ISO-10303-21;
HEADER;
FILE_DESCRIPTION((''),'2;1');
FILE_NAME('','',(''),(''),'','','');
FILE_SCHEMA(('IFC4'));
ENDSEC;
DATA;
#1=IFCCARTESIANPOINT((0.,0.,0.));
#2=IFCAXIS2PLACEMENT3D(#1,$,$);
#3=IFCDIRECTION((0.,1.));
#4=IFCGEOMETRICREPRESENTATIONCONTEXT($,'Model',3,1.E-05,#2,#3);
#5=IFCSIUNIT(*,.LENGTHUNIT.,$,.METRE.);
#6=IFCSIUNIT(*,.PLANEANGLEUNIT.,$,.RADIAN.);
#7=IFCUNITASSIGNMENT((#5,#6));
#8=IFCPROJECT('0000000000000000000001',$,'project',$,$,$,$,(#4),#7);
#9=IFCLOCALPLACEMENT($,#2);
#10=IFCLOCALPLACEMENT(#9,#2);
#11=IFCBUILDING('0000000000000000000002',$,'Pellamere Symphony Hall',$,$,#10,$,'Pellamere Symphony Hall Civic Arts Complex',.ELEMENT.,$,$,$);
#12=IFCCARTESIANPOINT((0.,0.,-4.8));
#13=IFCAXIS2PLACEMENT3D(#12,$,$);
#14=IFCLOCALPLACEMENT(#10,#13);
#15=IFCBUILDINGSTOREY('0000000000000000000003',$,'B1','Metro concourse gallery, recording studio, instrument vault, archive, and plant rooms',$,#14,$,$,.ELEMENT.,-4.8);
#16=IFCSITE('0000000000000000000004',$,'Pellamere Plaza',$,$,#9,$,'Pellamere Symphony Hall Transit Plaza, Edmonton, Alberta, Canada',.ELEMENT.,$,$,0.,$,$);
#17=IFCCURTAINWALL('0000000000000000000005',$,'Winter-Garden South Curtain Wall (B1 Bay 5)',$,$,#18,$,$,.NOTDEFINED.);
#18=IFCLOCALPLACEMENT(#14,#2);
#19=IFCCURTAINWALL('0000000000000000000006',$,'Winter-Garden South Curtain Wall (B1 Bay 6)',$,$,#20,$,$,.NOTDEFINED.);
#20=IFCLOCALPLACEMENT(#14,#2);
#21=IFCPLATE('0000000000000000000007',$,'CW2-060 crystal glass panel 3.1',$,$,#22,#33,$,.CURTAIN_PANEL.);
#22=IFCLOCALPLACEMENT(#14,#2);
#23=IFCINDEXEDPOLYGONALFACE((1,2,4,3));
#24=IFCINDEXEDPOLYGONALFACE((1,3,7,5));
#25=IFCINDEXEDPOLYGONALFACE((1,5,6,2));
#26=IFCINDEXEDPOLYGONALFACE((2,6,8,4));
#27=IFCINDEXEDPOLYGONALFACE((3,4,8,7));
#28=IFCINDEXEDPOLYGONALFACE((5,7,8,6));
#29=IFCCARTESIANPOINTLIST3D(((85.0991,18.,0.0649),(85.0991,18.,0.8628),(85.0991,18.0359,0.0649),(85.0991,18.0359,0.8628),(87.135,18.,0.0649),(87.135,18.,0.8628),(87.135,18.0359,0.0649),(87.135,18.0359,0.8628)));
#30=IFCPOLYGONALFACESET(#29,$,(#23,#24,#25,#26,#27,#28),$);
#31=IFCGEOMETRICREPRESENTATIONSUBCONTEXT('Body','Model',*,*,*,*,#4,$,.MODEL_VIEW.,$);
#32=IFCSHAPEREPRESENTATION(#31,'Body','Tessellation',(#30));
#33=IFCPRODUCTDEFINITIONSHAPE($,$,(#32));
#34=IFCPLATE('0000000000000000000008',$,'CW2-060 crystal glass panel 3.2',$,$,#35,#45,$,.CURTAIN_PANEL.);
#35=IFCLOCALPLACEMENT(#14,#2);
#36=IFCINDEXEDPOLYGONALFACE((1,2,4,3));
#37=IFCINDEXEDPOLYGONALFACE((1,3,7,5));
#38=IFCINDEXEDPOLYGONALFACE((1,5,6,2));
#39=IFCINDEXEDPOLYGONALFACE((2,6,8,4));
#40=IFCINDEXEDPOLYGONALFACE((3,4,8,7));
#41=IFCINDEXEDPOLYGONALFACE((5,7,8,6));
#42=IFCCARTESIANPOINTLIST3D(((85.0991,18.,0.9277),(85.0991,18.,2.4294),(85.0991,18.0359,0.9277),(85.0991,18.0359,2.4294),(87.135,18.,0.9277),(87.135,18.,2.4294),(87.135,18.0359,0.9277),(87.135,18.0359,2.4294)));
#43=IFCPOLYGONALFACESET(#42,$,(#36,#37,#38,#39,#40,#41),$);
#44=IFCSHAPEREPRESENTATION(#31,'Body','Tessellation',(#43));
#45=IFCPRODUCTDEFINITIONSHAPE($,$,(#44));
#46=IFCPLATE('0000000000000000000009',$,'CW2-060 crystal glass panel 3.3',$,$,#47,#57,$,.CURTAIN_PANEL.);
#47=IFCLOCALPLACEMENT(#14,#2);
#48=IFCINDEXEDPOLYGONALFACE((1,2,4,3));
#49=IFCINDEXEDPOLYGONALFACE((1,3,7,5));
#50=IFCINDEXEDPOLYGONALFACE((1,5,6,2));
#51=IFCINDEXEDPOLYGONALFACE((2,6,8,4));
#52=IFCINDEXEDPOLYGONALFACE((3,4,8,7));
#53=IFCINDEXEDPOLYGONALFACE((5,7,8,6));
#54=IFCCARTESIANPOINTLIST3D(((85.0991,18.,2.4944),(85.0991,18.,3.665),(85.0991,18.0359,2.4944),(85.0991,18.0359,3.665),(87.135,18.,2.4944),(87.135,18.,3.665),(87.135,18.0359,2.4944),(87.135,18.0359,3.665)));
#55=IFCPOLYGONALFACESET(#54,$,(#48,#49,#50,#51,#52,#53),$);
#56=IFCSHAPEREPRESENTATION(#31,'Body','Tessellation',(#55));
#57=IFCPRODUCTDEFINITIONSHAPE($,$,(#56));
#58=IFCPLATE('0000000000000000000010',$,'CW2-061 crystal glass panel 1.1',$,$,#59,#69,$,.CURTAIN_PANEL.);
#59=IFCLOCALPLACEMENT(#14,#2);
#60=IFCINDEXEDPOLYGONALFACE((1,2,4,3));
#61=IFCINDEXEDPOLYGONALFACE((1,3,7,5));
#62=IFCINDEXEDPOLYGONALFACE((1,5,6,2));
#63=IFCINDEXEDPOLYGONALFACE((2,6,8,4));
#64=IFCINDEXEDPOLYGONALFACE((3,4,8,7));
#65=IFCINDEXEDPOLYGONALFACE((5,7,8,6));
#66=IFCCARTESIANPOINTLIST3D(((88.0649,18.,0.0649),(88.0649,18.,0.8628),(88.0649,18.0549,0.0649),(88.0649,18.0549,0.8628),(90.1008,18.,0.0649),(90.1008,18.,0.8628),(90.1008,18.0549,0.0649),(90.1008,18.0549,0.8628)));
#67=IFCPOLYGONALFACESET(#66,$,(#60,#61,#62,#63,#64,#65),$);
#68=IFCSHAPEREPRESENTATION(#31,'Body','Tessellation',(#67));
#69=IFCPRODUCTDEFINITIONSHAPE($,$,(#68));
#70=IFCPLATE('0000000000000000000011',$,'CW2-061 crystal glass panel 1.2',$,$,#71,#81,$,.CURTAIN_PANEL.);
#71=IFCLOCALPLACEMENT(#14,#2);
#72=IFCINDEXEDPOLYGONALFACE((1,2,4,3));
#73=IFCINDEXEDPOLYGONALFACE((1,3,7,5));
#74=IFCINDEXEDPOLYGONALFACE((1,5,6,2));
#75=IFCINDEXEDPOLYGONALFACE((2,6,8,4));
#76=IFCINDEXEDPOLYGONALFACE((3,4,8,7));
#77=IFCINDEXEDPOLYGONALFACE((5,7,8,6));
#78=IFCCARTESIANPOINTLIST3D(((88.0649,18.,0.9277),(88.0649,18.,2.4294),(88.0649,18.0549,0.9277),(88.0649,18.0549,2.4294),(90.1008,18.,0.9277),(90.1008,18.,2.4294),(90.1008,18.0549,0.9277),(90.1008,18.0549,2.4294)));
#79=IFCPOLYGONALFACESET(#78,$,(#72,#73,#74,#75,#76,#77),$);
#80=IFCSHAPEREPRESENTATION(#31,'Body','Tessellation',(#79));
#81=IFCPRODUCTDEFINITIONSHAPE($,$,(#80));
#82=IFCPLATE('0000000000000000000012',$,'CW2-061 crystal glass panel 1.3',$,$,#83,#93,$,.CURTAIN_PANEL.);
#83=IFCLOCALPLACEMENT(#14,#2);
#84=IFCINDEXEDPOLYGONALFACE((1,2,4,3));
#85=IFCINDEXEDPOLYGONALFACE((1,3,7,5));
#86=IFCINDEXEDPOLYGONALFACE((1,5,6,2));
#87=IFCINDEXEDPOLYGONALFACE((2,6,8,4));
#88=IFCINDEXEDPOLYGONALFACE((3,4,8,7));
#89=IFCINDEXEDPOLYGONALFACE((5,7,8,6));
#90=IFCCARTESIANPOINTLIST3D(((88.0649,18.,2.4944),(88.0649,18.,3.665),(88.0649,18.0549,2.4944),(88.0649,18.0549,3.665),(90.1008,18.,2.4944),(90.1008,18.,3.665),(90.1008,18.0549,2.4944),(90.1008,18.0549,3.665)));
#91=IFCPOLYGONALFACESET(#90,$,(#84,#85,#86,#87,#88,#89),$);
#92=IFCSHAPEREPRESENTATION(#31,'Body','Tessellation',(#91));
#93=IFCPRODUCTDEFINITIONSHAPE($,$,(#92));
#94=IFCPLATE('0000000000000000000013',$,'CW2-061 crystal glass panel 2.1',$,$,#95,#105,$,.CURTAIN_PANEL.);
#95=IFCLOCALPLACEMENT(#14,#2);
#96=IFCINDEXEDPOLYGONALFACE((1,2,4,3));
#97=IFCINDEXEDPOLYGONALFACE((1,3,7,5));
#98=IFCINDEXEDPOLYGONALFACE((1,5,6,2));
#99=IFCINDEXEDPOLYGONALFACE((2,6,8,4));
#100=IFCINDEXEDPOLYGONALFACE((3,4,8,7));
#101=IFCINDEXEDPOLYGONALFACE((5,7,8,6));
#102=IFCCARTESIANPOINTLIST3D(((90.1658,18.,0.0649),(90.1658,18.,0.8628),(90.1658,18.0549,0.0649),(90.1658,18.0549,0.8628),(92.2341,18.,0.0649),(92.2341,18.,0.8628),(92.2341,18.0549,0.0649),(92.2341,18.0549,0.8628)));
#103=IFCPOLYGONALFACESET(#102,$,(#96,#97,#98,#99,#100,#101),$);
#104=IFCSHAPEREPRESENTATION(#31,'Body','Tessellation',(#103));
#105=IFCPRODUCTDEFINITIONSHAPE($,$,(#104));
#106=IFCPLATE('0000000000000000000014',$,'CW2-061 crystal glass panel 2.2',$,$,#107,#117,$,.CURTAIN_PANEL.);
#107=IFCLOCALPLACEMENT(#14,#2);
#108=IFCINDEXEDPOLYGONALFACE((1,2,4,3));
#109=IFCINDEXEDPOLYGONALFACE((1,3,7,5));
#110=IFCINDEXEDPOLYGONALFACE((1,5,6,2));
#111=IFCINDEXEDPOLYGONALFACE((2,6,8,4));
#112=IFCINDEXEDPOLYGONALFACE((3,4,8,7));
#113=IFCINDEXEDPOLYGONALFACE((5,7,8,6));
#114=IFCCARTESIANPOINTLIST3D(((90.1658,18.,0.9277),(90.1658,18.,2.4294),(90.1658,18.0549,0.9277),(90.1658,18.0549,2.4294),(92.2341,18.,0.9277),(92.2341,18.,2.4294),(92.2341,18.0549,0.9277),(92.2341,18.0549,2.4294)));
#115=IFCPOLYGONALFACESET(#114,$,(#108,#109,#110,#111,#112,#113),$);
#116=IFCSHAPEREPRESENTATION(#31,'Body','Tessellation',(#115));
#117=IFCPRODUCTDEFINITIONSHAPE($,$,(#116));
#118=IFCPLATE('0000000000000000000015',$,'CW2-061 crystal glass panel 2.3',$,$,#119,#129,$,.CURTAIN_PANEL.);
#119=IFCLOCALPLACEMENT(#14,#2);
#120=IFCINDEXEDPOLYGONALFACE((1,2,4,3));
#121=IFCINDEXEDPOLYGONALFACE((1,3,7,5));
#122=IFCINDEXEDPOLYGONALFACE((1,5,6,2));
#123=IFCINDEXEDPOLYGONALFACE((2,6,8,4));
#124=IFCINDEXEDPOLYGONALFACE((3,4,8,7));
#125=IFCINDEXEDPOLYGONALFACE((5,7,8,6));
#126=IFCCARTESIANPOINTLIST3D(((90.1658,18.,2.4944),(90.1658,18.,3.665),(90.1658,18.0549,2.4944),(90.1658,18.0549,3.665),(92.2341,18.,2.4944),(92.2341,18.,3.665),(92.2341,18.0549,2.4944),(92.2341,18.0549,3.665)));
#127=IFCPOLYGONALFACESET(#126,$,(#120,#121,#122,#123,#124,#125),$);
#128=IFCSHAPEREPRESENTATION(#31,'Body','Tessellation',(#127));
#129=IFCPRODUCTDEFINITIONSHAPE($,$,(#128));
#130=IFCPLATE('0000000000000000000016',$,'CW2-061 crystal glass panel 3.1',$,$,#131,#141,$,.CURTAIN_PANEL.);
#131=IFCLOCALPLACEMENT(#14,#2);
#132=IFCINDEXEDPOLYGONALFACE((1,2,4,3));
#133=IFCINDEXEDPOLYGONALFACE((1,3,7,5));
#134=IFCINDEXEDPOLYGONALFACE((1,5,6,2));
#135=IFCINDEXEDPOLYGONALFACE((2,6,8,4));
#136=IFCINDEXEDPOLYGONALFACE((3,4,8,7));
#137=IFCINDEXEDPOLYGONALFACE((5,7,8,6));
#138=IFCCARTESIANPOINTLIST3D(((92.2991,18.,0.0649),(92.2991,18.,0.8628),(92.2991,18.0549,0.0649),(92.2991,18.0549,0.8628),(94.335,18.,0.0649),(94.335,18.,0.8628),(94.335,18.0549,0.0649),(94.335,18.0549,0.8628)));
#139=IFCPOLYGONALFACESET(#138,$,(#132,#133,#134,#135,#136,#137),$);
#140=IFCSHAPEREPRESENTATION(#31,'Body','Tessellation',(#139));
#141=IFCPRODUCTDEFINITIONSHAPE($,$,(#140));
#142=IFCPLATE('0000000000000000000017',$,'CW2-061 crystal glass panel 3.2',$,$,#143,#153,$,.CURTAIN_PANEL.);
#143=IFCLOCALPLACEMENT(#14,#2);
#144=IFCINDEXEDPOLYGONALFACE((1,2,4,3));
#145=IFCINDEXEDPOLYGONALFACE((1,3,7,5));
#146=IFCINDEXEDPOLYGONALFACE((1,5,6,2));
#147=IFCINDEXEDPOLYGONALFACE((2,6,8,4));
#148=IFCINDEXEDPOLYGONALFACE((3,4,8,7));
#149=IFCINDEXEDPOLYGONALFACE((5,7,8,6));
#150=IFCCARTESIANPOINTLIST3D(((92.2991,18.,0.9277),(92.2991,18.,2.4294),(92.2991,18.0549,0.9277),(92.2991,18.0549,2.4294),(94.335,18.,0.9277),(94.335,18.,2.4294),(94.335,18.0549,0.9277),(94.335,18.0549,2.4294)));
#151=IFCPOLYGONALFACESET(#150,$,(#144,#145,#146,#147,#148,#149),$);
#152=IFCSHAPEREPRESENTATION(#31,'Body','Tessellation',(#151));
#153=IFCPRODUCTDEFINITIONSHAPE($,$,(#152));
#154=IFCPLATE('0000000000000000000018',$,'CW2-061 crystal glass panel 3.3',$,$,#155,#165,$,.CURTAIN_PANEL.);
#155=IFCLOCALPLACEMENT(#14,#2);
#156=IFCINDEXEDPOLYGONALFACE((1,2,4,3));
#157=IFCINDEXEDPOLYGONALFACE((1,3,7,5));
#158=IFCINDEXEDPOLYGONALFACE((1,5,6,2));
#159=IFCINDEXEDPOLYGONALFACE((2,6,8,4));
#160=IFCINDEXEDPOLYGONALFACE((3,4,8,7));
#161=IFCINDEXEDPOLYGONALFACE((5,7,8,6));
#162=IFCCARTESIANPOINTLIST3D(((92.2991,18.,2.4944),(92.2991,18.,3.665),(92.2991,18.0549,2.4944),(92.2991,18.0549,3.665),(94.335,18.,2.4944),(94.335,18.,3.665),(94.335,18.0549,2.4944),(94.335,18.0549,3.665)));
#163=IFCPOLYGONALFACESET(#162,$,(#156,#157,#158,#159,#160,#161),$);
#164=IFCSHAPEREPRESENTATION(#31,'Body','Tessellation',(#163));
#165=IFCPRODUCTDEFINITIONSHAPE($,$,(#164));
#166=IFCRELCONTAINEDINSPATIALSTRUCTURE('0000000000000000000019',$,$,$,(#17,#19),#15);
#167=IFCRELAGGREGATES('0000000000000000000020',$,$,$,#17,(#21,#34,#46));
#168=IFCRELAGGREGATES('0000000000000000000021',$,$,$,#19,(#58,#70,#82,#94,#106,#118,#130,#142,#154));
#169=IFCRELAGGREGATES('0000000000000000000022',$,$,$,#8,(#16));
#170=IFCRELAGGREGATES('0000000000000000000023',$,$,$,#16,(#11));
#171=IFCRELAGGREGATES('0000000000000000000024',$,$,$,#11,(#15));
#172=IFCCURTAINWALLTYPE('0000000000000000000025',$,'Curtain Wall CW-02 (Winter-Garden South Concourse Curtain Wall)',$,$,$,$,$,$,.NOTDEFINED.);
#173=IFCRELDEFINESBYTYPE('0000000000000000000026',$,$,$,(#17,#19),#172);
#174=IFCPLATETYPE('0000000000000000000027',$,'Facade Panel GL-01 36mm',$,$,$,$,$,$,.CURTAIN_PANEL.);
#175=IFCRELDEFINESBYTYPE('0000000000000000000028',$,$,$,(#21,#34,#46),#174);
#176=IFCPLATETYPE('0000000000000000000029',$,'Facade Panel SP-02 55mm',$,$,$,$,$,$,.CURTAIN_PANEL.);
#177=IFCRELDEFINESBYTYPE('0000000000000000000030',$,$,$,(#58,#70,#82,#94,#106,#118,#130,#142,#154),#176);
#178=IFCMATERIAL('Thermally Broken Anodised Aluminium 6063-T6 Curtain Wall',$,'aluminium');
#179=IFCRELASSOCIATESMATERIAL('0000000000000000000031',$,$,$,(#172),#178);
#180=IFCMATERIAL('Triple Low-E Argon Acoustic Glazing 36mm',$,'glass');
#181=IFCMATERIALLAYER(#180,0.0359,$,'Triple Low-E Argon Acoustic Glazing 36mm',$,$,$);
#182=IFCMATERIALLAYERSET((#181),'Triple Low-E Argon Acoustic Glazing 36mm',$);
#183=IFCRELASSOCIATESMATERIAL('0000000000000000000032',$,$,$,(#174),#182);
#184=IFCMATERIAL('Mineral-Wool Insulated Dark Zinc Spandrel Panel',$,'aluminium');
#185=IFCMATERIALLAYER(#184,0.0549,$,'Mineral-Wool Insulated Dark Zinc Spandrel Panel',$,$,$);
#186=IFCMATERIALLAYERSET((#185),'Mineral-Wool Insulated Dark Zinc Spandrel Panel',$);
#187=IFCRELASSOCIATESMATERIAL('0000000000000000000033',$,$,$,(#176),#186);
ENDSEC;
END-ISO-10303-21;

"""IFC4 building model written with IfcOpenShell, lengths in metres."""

from ifc_helpers import new_model, si_unit, direction, frame, origin, place, context, subcontext, project, spatial, polyline, outline, extrude, material, layer, layer_set, type_object, element, aggregate, save


model = new_model("IFC4")

# Units and contexts
model_context = context("Model", 3, precision=1e-05, world=origin(), true_north=direction((0.0, 1.0)))
body_context = subcontext(model_context, "Body", "Model", "MODEL_VIEW")
ifc_project = project(units=[si_unit("LENGTHUNIT", "METRE"), si_unit("PLANEANGLEUNIT", "RADIAN")], contexts=[model_context])

# Site, building, storey
site_placement = place(None, origin())
site = spatial("IfcSite", under=ifc_project, at=site_placement, Name="Pellamere Plaza", LongName="Pellamere Symphony Hall Transit Plaza, Edmonton, Alberta, Canada", CompositionType="ELEMENT", RefElevation=0.0)
building_placement = place(site_placement, origin())
building = spatial("IfcBuilding", under=site, at=building_placement, Name="Pellamere Symphony Hall", LongName="Pellamere Symphony Hall Civic Arts Complex", CompositionType="ELEMENT")
storey_placement = place(building_placement, frame((0.0, 0.0, -4.8)))
storey = spatial("IfcBuildingStorey", under=building, at=storey_placement, Name="B1", Description="Metro concourse gallery, recording studio, instrument vault, archive, and plant rooms", CompositionType="ELEMENT", Elevation=-4.8)

# Curtain wall
ifc_material_1 = material(Name="Thermally Broken Anodised Aluminium 6063-T6 Curtain Wall", Category="aluminium")
curtain_wall_type = type_object("IfcCurtainWallType", Name="Curtain Wall CW-02 (Winter-Garden South Concourse Curtain Wall)", PredefinedType="NOTDEFINED", material=ifc_material_1)
curtain_wall_1_placement = place(storey_placement, origin())
curtain_wall_1 = element("IfcCurtainWall", 1, at=curtain_wall_1_placement, inside=storey, type_object=curtain_wall_type, Name="Winter-Garden South Curtain Wall (B1 Bay 5)", PredefinedType="NOTDEFINED")

# Curtain wall
curtain_wall_2_placement = place(storey_placement, origin())
curtain_wall_2 = element("IfcCurtainWall", 2, at=curtain_wall_2_placement, inside=storey, type_object=curtain_wall_type, Name="Winter-Garden South Curtain Wall (B1 Bay 6)", PredefinedType="NOTDEFINED")

# Plates
ifc_material_2 = material(Name="Triple Low-E Argon Acoustic Glazing 36mm", Category="glass")
ifc_layer_1 = layer(ifc_material_2, 0.0359, Name="Triple Low-E Argon Acoustic Glazing 36mm")
ifc_layer_set_1 = layer_set([ifc_layer_1], Name="Triple Low-E Argon Acoustic Glazing 36mm")
plate_type_1 = type_object("IfcPlateType", Name="Facade Panel GL-01 36mm", PredefinedType="CURTAIN_PANEL", material=ifc_layer_set_1)
plate_1_placement = place(storey_placement, frame((85.0991, 18.0, 0.0649), z_axis=(0.0, -1.0, 0.0), x_axis=(1.0, 0.0, 0.0)))
plate_1 = element("IfcPlate", 3, at=plate_1_placement, type_object=plate_type_1, Name="CW2-060 crystal glass panel 3.1", PredefinedType="CURTAIN_PANEL", context=body_context, shape_type="SweptSolid", body=[
    extrude(outline(polyline([(0.0, 0.0), (2.0359, 0.0), (2.0359, 0.7979), (0.0, 0.7979), (0.0, 0.0)])), origin(), (0.0, 0.0, -1.0), 0.0359),
])
plate_2_placement = place(storey_placement, frame((85.0991, 18.0, 0.9277), z_axis=(0.0, -1.0, 0.0), x_axis=(1.0, 0.0, 0.0)))
plate_2 = element("IfcPlate", 4, at=plate_2_placement, type_object=plate_type_1, Name="CW2-060 crystal glass panel 3.2", PredefinedType="CURTAIN_PANEL", context=body_context, shape_type="SweptSolid", body=[
    extrude(outline(polyline([(0.0, 0.0), (2.0359, 0.0), (2.0359, 1.5017), (0.0, 1.5017), (0.0, 0.0)])), origin(), (0.0, 0.0, -1.0), 0.0359),
])
plate_3_placement = place(storey_placement, frame((85.0991, 18.0, 2.4944), z_axis=(0.0, -1.0, 0.0), x_axis=(1.0, 0.0, 0.0)))
plate_3 = element("IfcPlate", 5, at=plate_3_placement, type_object=plate_type_1, Name="CW2-060 crystal glass panel 3.3", PredefinedType="CURTAIN_PANEL", context=body_context, shape_type="SweptSolid", body=[
    extrude(outline(polyline([(0.0, 0.0), (2.0359, 0.0), (2.0359, 1.1707), (0.0, 1.1707), (0.0, 0.0)])), origin(), (0.0, 0.0, -1.0), 0.0359),
])
aggregate(curtain_wall_1, [plate_1, plate_2, plate_3])
ifc_material_3 = material(Name="Mineral-Wool Insulated Dark Zinc Spandrel Panel", Category="aluminium")
ifc_layer_2 = layer(ifc_material_3, 0.0549, Name="Mineral-Wool Insulated Dark Zinc Spandrel Panel")
ifc_layer_set_2 = layer_set([ifc_layer_2], Name="Mineral-Wool Insulated Dark Zinc Spandrel Panel")
plate_type_2 = type_object("IfcPlateType", Name="Facade Panel SP-02 55mm", PredefinedType="CURTAIN_PANEL", material=ifc_layer_set_2)
plate_4_placement = place(storey_placement, frame((88.0649, 18.0, 0.0649), z_axis=(0.0, -1.0, 0.0), x_axis=(1.0, 0.0, 0.0)))
plate_4 = element("IfcPlate", 6, at=plate_4_placement, type_object=plate_type_2, Name="CW2-061 crystal glass panel 1.1", PredefinedType="CURTAIN_PANEL", context=body_context, shape_type="SweptSolid", body=[
    extrude(outline(polyline([(0.0, 0.0), (2.0359, 0.0), (2.0359, 0.7979), (0.0, 0.7979), (0.0, 0.0)])), origin(), (0.0, 0.0, -1.0), 0.0549),
])
plate_5_placement = place(storey_placement, frame((88.0649, 18.0, 0.9277), z_axis=(0.0, -1.0, 0.0), x_axis=(1.0, 0.0, 0.0)))
plate_5 = element("IfcPlate", 7, at=plate_5_placement, type_object=plate_type_2, Name="CW2-061 crystal glass panel 1.2", PredefinedType="CURTAIN_PANEL", context=body_context, shape_type="SweptSolid", body=[
    extrude(outline(polyline([(0.0, 0.0), (2.0359, 0.0), (2.0359, 1.5017), (0.0, 1.5017), (0.0, 0.0)])), origin(), (0.0, 0.0, -1.0), 0.0549),
])
plate_6_placement = place(storey_placement, frame((88.0649, 18.0, 2.4944), z_axis=(0.0, -1.0, 0.0), x_axis=(1.0, 0.0, 0.0)))
plate_6 = element("IfcPlate", 8, at=plate_6_placement, type_object=plate_type_2, Name="CW2-061 crystal glass panel 1.3", PredefinedType="CURTAIN_PANEL", context=body_context, shape_type="SweptSolid", body=[
    extrude(outline(polyline([(0.0, 0.0), (2.0359, 0.0), (2.0359, 1.1707), (0.0, 1.1707), (0.0, 0.0)])), origin(), (0.0, 0.0, -1.0), 0.0549),
])
plate_7_placement = place(storey_placement, frame((90.1658, 18.0, 0.0649), z_axis=(0.0, -1.0, 0.0), x_axis=(1.0, 0.0, 0.0)))
plate_7 = element("IfcPlate", 9, at=plate_7_placement, type_object=plate_type_2, Name="CW2-061 crystal glass panel 2.1", PredefinedType="CURTAIN_PANEL", context=body_context, shape_type="SweptSolid", body=[
    extrude(outline(polyline([(0.0, 0.0), (2.0684, 0.0), (2.0684, 0.7979), (0.0, 0.7979), (0.0, 0.0)])), origin(), (0.0, 0.0, -1.0), 0.0549),
])
plate_8_placement = place(storey_placement, frame((90.1658, 18.0, 0.9277), z_axis=(0.0, -1.0, 0.0), x_axis=(1.0, 0.0, 0.0)))
plate_8 = element("IfcPlate", 10, at=plate_8_placement, type_object=plate_type_2, Name="CW2-061 crystal glass panel 2.2", PredefinedType="CURTAIN_PANEL", context=body_context, shape_type="SweptSolid", body=[
    extrude(outline(polyline([(0.0, 0.0), (2.0684, 0.0), (2.0684, 1.5017), (0.0, 1.5017), (0.0, 0.0)])), origin(), (0.0, 0.0, -1.0), 0.0549),
])
plate_9_placement = place(storey_placement, frame((90.1658, 18.0, 2.4944), z_axis=(0.0, -1.0, 0.0), x_axis=(1.0, 0.0, 0.0)))
plate_9 = element("IfcPlate", 11, at=plate_9_placement, type_object=plate_type_2, Name="CW2-061 crystal glass panel 2.3", PredefinedType="CURTAIN_PANEL", context=body_context, shape_type="SweptSolid", body=[
    extrude(outline(polyline([(0.0, 0.0), (2.0684, 0.0), (2.0684, 1.1707), (0.0, 1.1707), (0.0, 0.0)])), origin(), (0.0, 0.0, -1.0), 0.0549),
])
plate_10_placement = place(storey_placement, frame((92.2991, 18.0, 0.0649), z_axis=(0.0, -1.0, 0.0), x_axis=(1.0, 0.0, 0.0)))
plate_10 = element("IfcPlate", 12, at=plate_10_placement, type_object=plate_type_2, Name="CW2-061 crystal glass panel 3.1", PredefinedType="CURTAIN_PANEL", context=body_context, shape_type="SweptSolid", body=[
    extrude(outline(polyline([(0.0, 0.0), (2.0359, 0.0), (2.0359, 0.7979), (0.0, 0.7979), (0.0, 0.0)])), origin(), (0.0, 0.0, -1.0), 0.0549),
])
plate_11_placement = place(storey_placement, frame((92.2991, 18.0, 0.9277), z_axis=(0.0, -1.0, 0.0), x_axis=(1.0, 0.0, 0.0)))
plate_11 = element("IfcPlate", 13, at=plate_11_placement, type_object=plate_type_2, Name="CW2-061 crystal glass panel 3.2", PredefinedType="CURTAIN_PANEL", context=body_context, shape_type="SweptSolid", body=[
    extrude(outline(polyline([(0.0, 0.0), (2.0359, 0.0), (2.0359, 1.5017), (0.0, 1.5017), (0.0, 0.0)])), origin(), (0.0, 0.0, -1.0), 0.0549),
])
plate_12_placement = place(storey_placement, frame((92.2991, 18.0, 2.4944), z_axis=(0.0, -1.0, 0.0), x_axis=(1.0, 0.0, 0.0)))
plate_12 = element("IfcPlate", 14, at=plate_12_placement, type_object=plate_type_2, Name="CW2-061 crystal glass panel 3.3", PredefinedType="CURTAIN_PANEL", context=body_context, shape_type="SweptSolid", body=[
    extrude(outline(polyline([(0.0, 0.0), (2.0359, 0.0), (2.0359, 1.1707), (0.0, 1.1707), (0.0, 0.0)])), origin(), (0.0, 0.0, -1.0), 0.0549),
])
aggregate(curtain_wall_2, [plate_4, plate_5, plate_6, plate_7, plate_8, plate_9, plate_10, plate_11, plate_12])

save(model, "model.ifc")
